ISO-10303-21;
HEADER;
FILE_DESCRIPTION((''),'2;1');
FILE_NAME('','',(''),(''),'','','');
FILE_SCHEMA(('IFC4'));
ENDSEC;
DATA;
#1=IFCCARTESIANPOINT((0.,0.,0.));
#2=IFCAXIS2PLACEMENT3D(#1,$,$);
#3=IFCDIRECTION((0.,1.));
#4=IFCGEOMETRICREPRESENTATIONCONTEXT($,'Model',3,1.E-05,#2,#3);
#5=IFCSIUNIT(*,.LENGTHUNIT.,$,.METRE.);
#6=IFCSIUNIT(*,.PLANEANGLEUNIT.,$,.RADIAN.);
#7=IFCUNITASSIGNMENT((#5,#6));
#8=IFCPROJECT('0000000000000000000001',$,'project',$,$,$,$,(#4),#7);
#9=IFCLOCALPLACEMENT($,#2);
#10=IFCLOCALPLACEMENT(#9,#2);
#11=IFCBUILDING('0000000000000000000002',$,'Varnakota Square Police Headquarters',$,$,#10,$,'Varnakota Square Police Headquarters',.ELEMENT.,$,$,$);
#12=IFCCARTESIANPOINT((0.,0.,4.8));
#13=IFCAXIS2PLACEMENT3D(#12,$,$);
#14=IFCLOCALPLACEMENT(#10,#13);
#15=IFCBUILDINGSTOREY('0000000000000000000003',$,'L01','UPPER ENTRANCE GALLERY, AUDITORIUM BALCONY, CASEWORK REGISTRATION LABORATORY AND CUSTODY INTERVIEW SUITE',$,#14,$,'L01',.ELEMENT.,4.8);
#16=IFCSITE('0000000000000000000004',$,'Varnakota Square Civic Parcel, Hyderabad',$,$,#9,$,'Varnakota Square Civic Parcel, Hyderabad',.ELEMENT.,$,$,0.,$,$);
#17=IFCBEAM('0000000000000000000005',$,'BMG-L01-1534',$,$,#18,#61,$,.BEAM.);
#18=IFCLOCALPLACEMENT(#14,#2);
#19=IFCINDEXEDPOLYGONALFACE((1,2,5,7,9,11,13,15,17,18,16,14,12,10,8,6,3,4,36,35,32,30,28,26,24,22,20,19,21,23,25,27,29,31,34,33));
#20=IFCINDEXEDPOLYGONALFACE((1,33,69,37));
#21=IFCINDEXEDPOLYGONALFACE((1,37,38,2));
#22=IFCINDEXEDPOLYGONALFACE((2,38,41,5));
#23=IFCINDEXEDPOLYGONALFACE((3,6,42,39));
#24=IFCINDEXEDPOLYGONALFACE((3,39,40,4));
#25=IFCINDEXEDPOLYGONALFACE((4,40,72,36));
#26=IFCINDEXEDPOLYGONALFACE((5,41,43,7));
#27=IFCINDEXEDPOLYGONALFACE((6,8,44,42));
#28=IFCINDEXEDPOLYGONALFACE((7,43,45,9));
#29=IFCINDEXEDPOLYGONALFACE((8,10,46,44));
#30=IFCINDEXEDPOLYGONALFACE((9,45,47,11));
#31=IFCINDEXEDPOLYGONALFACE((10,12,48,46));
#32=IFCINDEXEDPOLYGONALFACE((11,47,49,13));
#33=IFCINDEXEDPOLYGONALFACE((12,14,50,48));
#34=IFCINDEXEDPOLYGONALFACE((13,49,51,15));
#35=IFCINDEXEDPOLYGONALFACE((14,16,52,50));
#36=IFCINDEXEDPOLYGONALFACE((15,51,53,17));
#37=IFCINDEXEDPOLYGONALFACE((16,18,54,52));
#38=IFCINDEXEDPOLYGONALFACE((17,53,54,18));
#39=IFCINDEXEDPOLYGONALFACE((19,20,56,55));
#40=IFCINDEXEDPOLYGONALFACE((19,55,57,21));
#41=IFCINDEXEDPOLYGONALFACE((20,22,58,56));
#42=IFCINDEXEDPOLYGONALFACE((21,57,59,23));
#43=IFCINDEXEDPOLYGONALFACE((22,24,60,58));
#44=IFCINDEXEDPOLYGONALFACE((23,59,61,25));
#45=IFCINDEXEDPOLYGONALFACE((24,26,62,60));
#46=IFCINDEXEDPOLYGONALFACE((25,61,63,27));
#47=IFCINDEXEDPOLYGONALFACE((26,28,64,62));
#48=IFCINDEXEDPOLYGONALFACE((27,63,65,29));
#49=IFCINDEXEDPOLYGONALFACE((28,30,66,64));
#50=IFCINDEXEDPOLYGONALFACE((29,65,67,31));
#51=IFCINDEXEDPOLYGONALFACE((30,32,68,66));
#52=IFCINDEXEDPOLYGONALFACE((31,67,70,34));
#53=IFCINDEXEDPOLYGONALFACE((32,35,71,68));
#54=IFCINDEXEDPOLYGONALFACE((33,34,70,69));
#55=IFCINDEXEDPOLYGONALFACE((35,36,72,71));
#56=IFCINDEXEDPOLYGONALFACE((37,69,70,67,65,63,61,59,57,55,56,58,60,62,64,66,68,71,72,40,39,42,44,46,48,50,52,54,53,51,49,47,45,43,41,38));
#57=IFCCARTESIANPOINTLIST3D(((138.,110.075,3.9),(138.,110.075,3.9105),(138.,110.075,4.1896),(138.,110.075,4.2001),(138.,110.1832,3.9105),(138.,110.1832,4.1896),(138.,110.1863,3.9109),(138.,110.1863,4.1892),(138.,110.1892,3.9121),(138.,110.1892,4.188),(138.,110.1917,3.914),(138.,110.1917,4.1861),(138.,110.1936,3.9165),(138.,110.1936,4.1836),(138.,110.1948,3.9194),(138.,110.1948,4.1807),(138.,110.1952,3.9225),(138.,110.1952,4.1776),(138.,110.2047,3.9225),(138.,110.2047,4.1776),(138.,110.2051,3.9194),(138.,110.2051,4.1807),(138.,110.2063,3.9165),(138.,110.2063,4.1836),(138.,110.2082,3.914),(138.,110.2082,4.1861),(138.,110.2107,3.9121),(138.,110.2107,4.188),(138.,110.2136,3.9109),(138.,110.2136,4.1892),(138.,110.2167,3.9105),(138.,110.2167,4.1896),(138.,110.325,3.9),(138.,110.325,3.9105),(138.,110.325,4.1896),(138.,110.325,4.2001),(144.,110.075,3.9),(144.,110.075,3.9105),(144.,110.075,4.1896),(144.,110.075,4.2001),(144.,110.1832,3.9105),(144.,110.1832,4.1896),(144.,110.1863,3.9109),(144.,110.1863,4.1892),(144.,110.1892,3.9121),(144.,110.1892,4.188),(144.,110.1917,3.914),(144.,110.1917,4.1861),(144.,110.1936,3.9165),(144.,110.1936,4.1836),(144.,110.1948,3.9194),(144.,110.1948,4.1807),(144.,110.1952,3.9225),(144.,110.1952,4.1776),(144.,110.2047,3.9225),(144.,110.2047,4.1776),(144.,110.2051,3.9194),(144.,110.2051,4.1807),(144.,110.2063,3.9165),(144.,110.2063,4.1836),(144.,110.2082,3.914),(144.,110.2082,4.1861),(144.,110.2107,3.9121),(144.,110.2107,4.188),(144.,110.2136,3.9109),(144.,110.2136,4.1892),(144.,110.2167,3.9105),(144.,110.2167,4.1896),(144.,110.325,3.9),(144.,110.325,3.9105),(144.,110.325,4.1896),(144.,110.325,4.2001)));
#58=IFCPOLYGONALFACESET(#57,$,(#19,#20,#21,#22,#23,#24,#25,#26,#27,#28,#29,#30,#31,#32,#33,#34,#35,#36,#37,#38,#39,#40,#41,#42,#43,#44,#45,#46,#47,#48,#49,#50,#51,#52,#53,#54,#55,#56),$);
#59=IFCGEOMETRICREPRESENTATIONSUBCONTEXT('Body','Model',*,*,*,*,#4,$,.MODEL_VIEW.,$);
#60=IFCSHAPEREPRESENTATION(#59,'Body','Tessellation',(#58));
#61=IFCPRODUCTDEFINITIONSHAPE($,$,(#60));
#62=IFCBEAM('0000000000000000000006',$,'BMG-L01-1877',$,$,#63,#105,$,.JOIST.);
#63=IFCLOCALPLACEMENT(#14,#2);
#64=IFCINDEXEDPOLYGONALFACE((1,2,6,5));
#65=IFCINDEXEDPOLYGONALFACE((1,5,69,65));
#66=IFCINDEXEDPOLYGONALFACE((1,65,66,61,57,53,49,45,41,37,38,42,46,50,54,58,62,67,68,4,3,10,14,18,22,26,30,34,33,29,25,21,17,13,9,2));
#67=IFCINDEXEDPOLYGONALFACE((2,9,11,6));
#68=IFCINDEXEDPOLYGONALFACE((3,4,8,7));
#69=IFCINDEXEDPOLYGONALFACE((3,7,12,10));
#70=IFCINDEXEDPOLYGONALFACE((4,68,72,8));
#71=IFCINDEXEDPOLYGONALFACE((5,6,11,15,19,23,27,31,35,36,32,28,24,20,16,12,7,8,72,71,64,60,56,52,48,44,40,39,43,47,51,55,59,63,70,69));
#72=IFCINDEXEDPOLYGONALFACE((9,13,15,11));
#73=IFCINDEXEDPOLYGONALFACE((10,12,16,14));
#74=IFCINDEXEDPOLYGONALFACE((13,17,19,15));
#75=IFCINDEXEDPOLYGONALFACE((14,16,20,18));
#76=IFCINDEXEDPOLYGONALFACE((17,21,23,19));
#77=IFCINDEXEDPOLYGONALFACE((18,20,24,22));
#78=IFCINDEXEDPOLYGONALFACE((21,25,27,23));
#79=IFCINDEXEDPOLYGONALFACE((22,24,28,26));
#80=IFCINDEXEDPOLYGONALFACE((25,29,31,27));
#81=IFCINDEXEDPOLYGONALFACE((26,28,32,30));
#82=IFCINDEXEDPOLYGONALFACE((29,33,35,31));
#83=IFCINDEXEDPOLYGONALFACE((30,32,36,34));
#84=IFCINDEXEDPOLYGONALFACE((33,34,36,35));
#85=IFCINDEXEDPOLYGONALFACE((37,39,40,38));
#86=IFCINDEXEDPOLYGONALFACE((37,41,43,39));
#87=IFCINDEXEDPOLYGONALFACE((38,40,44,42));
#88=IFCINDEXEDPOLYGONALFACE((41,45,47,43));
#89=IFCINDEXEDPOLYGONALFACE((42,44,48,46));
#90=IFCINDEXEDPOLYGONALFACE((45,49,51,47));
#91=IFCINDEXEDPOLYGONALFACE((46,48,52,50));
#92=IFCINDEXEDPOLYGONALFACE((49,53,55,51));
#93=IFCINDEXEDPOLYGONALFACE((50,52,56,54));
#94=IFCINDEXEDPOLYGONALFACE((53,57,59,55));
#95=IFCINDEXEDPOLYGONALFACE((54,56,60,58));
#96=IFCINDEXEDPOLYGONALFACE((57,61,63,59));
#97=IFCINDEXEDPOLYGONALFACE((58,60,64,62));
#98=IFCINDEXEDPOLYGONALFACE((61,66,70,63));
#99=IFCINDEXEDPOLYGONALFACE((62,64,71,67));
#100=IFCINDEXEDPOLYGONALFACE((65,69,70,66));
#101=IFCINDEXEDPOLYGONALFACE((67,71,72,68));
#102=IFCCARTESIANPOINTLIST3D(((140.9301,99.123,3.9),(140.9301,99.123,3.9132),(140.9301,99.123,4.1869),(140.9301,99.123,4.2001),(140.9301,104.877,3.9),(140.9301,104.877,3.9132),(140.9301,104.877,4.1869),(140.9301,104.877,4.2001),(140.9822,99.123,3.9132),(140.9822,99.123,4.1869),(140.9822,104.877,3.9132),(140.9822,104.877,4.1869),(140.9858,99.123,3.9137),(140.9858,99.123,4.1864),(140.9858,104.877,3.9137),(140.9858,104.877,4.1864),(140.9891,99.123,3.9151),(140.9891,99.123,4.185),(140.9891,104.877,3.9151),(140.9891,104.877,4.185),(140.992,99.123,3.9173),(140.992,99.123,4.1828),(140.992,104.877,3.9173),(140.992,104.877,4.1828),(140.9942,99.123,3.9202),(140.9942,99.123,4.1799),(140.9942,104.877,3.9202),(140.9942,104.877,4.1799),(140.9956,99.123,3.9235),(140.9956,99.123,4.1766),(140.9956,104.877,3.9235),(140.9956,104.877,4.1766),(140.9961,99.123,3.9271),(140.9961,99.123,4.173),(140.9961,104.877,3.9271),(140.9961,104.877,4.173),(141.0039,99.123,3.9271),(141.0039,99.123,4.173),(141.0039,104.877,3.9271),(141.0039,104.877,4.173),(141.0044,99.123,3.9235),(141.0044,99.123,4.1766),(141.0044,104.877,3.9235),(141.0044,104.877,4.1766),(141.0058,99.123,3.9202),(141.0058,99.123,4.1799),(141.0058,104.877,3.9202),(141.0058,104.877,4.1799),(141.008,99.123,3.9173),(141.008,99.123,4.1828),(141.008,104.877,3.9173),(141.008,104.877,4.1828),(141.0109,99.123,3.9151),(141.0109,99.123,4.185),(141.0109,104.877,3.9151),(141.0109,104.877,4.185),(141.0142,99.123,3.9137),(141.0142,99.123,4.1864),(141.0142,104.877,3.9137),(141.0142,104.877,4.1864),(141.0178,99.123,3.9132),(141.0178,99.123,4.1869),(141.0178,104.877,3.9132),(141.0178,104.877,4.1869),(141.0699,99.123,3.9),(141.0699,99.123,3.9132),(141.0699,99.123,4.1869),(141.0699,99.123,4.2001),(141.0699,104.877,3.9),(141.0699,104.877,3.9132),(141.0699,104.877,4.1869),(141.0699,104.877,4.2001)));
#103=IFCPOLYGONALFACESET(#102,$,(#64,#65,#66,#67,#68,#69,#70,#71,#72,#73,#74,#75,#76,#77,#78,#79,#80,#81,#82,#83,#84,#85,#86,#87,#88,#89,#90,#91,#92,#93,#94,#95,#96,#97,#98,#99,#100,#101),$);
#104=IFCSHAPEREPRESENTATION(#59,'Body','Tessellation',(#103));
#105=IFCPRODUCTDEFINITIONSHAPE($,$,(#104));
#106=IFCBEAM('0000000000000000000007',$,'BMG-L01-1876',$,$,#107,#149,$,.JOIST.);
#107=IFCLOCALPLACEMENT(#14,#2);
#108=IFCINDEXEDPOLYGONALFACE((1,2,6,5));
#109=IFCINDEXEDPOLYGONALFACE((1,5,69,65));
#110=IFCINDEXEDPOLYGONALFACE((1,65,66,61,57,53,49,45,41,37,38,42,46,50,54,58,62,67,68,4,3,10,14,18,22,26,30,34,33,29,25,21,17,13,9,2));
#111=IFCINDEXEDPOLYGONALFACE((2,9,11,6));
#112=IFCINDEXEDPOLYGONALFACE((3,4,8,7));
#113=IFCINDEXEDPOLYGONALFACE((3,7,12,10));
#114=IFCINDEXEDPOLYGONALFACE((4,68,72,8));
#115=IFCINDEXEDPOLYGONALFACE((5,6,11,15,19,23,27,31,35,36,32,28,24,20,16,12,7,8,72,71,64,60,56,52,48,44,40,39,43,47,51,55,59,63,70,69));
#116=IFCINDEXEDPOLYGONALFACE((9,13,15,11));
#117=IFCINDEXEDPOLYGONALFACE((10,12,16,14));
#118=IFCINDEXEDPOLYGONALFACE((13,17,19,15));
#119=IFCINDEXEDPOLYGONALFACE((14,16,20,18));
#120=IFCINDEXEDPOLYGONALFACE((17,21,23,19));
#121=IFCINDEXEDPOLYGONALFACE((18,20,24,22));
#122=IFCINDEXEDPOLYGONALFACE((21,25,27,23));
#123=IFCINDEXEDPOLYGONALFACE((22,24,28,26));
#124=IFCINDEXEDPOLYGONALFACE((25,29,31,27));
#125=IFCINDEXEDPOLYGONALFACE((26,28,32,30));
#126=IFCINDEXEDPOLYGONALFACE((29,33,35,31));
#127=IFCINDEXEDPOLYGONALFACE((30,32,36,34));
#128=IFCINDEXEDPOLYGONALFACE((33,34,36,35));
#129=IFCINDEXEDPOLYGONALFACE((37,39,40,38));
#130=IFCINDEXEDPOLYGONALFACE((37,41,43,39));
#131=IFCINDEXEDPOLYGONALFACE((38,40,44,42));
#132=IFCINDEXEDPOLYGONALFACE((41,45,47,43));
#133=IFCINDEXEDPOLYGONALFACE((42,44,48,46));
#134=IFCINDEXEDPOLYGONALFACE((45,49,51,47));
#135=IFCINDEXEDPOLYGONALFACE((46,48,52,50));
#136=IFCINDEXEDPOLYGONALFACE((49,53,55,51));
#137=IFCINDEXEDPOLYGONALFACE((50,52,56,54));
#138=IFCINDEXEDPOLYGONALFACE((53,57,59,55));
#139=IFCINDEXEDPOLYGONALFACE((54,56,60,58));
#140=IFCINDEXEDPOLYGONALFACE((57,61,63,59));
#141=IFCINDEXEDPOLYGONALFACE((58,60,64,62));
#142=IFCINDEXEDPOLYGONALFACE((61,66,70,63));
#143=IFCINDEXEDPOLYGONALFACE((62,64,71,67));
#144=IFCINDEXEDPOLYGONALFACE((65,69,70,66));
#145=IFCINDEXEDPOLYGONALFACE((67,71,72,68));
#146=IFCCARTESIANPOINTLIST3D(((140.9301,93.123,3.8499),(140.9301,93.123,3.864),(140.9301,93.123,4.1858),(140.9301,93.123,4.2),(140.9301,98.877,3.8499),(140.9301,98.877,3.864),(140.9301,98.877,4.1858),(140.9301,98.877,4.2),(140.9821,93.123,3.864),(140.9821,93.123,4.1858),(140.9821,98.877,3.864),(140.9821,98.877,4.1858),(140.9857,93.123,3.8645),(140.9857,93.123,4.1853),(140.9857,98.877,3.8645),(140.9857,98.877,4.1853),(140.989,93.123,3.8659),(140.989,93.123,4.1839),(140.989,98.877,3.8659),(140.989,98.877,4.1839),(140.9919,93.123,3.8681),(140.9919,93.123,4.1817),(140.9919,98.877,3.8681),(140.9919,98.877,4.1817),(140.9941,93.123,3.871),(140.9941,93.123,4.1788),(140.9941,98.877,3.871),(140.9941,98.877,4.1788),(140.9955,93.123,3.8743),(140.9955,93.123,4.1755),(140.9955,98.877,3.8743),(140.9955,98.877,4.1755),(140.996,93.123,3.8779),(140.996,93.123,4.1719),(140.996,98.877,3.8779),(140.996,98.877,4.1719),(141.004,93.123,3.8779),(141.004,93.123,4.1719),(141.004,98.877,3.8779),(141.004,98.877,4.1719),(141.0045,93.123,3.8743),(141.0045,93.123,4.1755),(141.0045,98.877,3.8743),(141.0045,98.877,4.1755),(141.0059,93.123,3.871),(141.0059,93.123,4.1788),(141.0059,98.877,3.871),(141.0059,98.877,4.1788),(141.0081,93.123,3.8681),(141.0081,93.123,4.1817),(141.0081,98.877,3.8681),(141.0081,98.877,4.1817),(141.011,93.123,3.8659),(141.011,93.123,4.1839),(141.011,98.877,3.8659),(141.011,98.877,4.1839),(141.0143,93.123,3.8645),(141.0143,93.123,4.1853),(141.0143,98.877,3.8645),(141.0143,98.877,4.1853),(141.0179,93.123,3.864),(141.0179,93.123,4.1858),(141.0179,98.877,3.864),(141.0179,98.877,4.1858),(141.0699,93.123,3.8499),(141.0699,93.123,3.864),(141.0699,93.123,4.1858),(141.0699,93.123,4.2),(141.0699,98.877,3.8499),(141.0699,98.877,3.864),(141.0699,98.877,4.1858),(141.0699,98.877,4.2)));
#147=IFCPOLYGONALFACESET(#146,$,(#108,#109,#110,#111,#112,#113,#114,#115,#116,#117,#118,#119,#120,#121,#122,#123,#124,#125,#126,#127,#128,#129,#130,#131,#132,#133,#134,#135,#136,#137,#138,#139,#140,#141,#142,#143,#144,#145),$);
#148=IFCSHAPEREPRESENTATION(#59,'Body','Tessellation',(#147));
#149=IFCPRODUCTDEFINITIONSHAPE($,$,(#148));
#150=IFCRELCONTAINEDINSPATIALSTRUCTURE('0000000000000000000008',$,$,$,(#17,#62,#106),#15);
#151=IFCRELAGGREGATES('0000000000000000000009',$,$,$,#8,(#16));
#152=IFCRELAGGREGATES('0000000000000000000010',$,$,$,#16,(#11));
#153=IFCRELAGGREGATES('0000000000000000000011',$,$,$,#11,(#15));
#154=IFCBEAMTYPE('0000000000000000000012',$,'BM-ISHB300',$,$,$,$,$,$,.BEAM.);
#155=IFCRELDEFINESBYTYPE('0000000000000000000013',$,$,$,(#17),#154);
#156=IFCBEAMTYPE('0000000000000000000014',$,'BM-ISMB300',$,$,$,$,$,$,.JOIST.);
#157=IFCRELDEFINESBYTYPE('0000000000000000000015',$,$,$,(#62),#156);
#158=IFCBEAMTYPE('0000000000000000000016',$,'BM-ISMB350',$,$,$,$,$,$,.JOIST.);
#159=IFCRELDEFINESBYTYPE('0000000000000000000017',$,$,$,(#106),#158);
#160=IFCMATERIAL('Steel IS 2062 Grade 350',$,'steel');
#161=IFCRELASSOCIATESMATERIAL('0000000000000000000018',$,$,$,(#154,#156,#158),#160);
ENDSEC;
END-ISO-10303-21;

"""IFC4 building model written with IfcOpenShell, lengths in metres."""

from ifc_helpers import new_model, si_unit, direction, frame, origin, origin_2d, place, context, subcontext, project, spatial, i_section, extrude, material, material_profile, profile_set, type_object, element, save


model = new_model("IFC4")

# Units and contexts
model_context = context("Model", 3, precision=1e-05, world=origin(), true_north=direction((0.0, 1.0)))
body_context = subcontext(model_context, "Body", "Model", "MODEL_VIEW")
ifc_project = project(units=[si_unit("LENGTHUNIT", "METRE"), si_unit("PLANEANGLEUNIT", "RADIAN")], contexts=[model_context])

# Site, building, storey
site_placement = place(None, origin())
site = spatial("IfcSite", under=ifc_project, at=site_placement, Name="Varnakota Square Civic Parcel, Hyderabad", LongName="Varnakota Square Civic Parcel, Hyderabad", CompositionType="ELEMENT", RefElevation=0.0)
building_placement = place(site_placement, origin())
building = spatial("IfcBuilding", under=site, at=building_placement, Name="Varnakota Square Police Headquarters", LongName="Varnakota Square Police Headquarters", CompositionType="ELEMENT")
storey_placement = place(building_placement, frame((0.0, 0.0, 4.8)))
storey = spatial("IfcBuildingStorey", under=building, at=storey_placement, Name="L01", Description="UPPER ENTRANCE GALLERY, AUDITORIUM BALCONY, CASEWORK REGISTRATION LABORATORY AND CUSTODY INTERVIEW SUITE", LongName="L01", CompositionType="ELEMENT", Elevation=4.8)

# Shared definitions
ifc_material_1 = material(Name="Steel IS 2062 Grade 350", Category="steel")

# Beams
ifc_material_profile_1 = material_profile(ifc_material_1, i_section(OverallWidth=0.25, OverallDepth=0.3, WebThickness=0.0095, FlangeThickness=0.0105, FilletRadius=0.012, at=origin_2d()), Name="ISHB 300")
ifc_profile_set_1 = profile_set([ifc_material_profile_1], Name="Steel IS 2062 Grade 350")
beam_type_1 = type_object("IfcBeamType", Name="BM-ISHB300", PredefinedType="BEAM", material=ifc_profile_set_1)
for number, where, z_axis, x_axis, name in (
    (1, (138.0, 110.2, 4.05), (1.0, 0.0, 0.0), (0.0, 1.0, 0.0), "BMG-L01-1534"),
):
    element("IfcBeam", number, at=place(storey_placement, frame(where, z_axis=z_axis, x_axis=x_axis)), inside=storey, type_object=beam_type_1, Name=name, PredefinedType="BEAM", context=body_context, shape_type="SweptSolid", body=[
        extrude(i_section(OverallWidth=0.25, OverallDepth=0.3, WebThickness=0.0095, FlangeThickness=0.0105, FilletRadius=0.012, at=origin_2d()), origin(), (0.0, 0.0, 1.0), 6.0),
    ])
ifc_material_profile_2 = material_profile(ifc_material_1, i_section(OverallWidth=0.1399, OverallDepth=0.3, WebThickness=0.0078, FlangeThickness=0.0132, FilletRadius=0.0139, at=origin_2d()), Name="ISMB 300")
ifc_profile_set_2 = profile_set([ifc_material_profile_2], Name="Steel IS 2062 Grade 350")
beam_type_2 = type_object("IfcBeamType", Name="BM-ISMB300", PredefinedType="JOIST", material=ifc_profile_set_2)
beam_1_placement = place(storey_placement, frame((141.0, 99.123, 4.05), z_axis=(0.0, 1.0, 0.0), x_axis=(-1.0, 0.0, 0.0)))
element("IfcBeam", 2, at=beam_1_placement, inside=storey, type_object=beam_type_2, Name="BMG-L01-1877", PredefinedType="JOIST", context=body_context, shape_type="SweptSolid", body=[
    extrude(i_section(OverallWidth=0.1399, OverallDepth=0.3, WebThickness=0.0078, FlangeThickness=0.0132, FilletRadius=0.0139, at=origin_2d()), origin(), (0.0, 0.0, 1.0), 5.7539),
])
ifc_material_profile_3 = material_profile(ifc_material_1, i_section(OverallWidth=0.1399, OverallDepth=0.3501, WebThickness=0.0081, FlangeThickness=0.0142, FilletRadius=0.0139, at=origin_2d()), Name="ISMB 350")
ifc_profile_set_3 = profile_set([ifc_material_profile_3], Name="Steel IS 2062 Grade 350")
beam_type_3 = type_object("IfcBeamType", Name="BM-ISMB350", PredefinedType="JOIST", material=ifc_profile_set_3)
beam_2_placement = place(storey_placement, frame((141.0, 93.123, 4.0249), z_axis=(0.0, 1.0, 0.0), x_axis=(-1.0, 0.0, 0.0)))
element("IfcBeam", 3, at=beam_2_placement, inside=storey, type_object=beam_type_3, Name="BMG-L01-1876", PredefinedType="JOIST", context=body_context, shape_type="SweptSolid", body=[
    extrude(i_section(OverallWidth=0.1399, OverallDepth=0.3501, WebThickness=0.0081, FlangeThickness=0.0142, FilletRadius=0.0139, at=origin_2d()), origin(), (0.0, 0.0, 1.0), 5.7539),
])

save(model, "model.ifc")
